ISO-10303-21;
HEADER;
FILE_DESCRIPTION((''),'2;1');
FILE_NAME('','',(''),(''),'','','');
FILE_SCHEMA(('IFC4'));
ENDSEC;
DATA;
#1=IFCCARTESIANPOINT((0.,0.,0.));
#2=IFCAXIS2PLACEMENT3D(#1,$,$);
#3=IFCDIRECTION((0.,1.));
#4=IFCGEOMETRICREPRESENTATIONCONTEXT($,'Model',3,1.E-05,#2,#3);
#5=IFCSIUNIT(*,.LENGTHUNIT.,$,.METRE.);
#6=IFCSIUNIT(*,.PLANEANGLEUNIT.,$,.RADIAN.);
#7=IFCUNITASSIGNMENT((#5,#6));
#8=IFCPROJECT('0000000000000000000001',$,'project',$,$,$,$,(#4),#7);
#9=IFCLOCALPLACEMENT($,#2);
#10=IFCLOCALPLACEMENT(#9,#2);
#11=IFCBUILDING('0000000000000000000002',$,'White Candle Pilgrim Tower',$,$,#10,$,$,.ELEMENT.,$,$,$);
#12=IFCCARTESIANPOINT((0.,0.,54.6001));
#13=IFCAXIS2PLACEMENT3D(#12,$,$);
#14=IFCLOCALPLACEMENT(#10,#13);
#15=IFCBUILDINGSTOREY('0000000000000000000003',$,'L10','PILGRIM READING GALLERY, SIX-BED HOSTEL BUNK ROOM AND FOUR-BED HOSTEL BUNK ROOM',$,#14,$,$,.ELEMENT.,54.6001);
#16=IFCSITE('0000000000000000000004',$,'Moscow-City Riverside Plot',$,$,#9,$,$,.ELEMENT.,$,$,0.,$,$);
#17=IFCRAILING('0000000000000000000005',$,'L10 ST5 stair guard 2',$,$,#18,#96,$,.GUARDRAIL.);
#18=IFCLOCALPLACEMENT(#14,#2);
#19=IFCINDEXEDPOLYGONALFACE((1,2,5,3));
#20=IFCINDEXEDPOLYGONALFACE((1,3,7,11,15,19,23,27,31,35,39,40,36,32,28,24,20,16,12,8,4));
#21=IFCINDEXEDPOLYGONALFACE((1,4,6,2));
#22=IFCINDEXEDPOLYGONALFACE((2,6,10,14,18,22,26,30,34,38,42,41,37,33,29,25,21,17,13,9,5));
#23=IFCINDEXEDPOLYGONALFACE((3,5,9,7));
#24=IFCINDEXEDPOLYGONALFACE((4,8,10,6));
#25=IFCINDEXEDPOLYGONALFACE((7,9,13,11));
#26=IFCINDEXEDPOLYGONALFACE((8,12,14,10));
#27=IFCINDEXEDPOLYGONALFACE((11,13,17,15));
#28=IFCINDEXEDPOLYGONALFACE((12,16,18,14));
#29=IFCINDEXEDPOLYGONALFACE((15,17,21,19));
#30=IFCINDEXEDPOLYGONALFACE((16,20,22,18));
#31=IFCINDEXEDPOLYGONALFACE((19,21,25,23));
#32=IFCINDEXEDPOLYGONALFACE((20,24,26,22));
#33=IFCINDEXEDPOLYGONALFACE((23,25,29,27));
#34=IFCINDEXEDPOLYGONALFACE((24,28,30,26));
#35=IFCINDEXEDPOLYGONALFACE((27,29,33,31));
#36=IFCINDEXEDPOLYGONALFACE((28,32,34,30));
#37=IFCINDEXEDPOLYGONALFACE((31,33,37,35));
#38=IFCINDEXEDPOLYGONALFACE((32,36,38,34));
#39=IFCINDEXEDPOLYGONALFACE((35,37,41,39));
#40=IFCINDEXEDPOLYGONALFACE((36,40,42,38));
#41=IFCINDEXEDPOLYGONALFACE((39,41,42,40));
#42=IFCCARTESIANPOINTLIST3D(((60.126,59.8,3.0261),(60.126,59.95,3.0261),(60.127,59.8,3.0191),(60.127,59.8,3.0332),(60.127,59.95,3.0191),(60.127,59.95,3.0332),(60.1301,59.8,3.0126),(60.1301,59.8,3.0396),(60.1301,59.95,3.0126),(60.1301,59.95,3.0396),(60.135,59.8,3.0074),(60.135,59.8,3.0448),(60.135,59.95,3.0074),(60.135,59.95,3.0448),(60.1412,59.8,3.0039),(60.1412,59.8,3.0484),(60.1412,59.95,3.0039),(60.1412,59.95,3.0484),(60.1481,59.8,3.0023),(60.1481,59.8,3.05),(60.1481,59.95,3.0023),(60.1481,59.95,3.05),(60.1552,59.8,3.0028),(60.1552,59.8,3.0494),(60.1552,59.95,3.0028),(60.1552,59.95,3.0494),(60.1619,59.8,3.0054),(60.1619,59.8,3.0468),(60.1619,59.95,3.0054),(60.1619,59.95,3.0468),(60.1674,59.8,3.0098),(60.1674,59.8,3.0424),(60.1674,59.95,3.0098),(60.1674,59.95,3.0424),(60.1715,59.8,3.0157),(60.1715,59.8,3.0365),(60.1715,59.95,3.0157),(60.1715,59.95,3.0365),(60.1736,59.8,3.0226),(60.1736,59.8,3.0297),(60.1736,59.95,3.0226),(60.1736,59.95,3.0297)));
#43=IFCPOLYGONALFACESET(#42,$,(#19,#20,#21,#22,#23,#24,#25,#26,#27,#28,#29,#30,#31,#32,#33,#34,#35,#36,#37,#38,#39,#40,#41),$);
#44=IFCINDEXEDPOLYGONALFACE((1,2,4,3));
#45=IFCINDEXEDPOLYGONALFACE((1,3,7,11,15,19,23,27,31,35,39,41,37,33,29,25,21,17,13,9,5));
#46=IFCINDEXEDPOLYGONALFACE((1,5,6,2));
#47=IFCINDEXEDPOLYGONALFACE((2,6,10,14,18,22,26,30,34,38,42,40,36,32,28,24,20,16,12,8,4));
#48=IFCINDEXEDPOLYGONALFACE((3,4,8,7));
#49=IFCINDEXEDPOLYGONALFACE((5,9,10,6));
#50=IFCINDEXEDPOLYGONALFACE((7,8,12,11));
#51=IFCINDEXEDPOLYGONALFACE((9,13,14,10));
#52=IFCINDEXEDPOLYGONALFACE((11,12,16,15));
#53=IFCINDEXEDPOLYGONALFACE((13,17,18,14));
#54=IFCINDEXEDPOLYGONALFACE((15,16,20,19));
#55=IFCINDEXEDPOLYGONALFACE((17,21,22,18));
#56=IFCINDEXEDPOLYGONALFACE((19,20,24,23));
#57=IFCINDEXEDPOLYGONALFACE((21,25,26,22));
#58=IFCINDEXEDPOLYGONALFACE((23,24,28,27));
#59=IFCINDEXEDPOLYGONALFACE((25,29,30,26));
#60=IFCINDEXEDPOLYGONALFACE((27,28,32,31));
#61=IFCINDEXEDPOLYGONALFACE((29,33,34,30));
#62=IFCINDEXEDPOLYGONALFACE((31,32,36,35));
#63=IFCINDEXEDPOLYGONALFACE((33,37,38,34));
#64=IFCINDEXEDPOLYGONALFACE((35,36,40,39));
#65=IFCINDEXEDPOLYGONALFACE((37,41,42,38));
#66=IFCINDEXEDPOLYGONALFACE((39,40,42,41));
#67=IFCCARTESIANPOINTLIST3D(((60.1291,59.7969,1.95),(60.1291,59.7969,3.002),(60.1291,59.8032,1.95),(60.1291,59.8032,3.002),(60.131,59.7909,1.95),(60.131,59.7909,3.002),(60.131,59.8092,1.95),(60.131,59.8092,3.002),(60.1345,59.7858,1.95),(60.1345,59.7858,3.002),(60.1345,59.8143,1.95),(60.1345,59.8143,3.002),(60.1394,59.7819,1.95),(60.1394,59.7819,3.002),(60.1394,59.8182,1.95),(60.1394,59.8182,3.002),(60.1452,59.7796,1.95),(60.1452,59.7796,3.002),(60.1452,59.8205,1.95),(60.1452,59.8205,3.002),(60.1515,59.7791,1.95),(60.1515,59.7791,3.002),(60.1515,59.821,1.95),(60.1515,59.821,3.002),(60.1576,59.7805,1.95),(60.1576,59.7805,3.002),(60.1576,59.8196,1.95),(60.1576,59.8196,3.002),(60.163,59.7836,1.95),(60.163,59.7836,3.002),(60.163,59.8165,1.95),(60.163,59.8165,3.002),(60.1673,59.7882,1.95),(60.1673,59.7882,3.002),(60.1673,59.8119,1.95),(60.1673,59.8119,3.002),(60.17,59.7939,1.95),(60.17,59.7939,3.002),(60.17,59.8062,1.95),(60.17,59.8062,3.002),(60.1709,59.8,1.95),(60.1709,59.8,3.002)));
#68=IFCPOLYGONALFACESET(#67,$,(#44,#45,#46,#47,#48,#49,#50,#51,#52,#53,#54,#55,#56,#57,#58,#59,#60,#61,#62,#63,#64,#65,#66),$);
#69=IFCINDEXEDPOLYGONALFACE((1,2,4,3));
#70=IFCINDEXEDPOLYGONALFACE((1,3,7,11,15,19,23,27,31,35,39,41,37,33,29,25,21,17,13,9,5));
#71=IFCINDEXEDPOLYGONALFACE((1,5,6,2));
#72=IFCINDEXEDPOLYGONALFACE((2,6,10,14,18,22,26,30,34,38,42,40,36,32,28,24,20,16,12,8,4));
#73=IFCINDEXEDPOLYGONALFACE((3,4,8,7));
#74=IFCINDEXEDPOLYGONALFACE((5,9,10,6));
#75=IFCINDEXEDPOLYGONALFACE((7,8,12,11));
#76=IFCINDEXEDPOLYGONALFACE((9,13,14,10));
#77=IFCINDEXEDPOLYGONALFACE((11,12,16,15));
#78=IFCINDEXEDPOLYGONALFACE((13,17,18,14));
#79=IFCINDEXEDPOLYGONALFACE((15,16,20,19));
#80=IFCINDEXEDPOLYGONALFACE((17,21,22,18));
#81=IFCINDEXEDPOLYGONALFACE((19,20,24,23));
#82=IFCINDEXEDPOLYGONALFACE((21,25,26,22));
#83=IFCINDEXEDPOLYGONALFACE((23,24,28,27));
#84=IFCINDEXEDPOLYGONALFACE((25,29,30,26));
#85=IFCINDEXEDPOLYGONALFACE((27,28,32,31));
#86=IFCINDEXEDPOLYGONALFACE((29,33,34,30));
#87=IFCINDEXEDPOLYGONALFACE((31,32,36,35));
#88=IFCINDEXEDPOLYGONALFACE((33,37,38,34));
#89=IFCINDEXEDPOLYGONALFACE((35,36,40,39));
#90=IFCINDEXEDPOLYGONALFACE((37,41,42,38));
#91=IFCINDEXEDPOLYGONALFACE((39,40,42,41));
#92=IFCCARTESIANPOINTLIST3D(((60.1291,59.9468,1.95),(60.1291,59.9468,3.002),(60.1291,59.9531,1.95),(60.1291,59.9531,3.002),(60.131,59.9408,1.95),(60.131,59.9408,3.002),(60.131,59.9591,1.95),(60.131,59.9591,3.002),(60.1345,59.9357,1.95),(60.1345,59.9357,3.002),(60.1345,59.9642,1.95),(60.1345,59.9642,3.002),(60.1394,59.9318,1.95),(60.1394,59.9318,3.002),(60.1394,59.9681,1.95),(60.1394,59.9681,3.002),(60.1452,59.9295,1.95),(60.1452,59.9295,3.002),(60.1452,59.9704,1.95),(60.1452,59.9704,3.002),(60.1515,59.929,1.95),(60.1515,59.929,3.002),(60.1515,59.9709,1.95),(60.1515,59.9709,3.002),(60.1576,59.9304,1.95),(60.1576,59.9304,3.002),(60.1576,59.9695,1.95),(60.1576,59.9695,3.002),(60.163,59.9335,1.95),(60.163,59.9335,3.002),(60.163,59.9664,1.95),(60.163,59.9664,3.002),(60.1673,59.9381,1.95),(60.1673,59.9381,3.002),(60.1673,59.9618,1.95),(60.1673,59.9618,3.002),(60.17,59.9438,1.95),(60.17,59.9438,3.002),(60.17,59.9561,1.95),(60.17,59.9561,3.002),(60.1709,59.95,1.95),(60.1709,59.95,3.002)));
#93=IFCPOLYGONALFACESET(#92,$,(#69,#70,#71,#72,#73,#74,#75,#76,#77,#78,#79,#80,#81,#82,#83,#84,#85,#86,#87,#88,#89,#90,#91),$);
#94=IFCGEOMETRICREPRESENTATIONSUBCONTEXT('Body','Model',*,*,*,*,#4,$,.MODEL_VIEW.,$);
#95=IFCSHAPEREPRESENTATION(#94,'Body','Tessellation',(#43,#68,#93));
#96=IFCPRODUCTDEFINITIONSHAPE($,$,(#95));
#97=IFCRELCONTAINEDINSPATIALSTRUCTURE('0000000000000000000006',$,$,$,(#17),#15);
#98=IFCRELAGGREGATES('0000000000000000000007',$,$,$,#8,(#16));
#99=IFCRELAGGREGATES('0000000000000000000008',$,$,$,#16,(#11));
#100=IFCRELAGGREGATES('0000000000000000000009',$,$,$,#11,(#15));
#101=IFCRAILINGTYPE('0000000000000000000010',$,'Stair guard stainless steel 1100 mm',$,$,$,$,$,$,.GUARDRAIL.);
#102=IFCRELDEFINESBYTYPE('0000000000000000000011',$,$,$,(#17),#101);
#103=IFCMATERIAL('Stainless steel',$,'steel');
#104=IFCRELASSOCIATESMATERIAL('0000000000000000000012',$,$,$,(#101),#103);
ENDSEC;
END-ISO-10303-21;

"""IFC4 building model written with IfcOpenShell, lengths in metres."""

from ifc_helpers import new_model, si_unit, direction, frame, origin, origin_2d, place, context, subcontext, project, spatial, circle, extrude, material, type_object, element, save


model = new_model("IFC4")

# Units and contexts
model_context = context("Model", 3, precision=1e-05, world=origin(), true_north=direction((0.0, 1.0)))
body_context = subcontext(model_context, "Body", "Model", "MODEL_VIEW")
ifc_project = project(units=[si_unit("LENGTHUNIT", "METRE"), si_unit("PLANEANGLEUNIT", "RADIAN")], contexts=[model_context])

# Site, building, storey
site_placement = place(None, origin())
site = spatial("IfcSite", under=ifc_project, at=site_placement, Name="Moscow-City Riverside Plot", CompositionType="ELEMENT", RefElevation=0.0)
building_placement = place(site_placement, origin())
building = spatial("IfcBuilding", under=site, at=building_placement, Name="White Candle Pilgrim Tower", CompositionType="ELEMENT")
storey_placement = place(building_placement, frame((0.0, 0.0, 54.6001)))
storey = spatial("IfcBuildingStorey", under=building, at=storey_placement, Name="L10", Description="PILGRIM READING GALLERY, SIX-BED HOSTEL BUNK ROOM AND FOUR-BED HOSTEL BUNK ROOM", CompositionType="ELEMENT", Elevation=54.6001)

# Railing
ifc_material_1 = material(Name="Stainless steel", Category="steel")
railing_type_1 = type_object("IfcRailingType", Name="Stair guard stainless steel 1100 mm", PredefinedType="GUARDRAIL", material=ifc_material_1)
railing_1_placement = place(storey_placement, frame((60.1499, 59.8, 1.95)))
element("IfcRailing", 1, at=railing_1_placement, inside=storey, type_object=railing_type_1, Name="L10 ST5 stair guard 2", PredefinedType="GUARDRAIL", context=body_context, shape_type="SweptSolid", body=[
    extrude(circle(Radius=0.0239, at=origin_2d()), frame((0.0, 0.0, 1.0762), z_axis=(0.0, 1.0, 0.0), x_axis=(-1.0, 0.0, 0.0)), (0.0, 0.0, 1.0), 0.1499),
    extrude(circle(Radius=0.021, at=origin_2d()), origin(), (0.0, 0.0, 1.0), 1.052),
    extrude(circle(Radius=0.021, at=origin_2d()), frame((0.0, 0.1499, 0.0)), (0.0, 0.0, 1.0), 1.052),
])

save(model, "model.ifc")
